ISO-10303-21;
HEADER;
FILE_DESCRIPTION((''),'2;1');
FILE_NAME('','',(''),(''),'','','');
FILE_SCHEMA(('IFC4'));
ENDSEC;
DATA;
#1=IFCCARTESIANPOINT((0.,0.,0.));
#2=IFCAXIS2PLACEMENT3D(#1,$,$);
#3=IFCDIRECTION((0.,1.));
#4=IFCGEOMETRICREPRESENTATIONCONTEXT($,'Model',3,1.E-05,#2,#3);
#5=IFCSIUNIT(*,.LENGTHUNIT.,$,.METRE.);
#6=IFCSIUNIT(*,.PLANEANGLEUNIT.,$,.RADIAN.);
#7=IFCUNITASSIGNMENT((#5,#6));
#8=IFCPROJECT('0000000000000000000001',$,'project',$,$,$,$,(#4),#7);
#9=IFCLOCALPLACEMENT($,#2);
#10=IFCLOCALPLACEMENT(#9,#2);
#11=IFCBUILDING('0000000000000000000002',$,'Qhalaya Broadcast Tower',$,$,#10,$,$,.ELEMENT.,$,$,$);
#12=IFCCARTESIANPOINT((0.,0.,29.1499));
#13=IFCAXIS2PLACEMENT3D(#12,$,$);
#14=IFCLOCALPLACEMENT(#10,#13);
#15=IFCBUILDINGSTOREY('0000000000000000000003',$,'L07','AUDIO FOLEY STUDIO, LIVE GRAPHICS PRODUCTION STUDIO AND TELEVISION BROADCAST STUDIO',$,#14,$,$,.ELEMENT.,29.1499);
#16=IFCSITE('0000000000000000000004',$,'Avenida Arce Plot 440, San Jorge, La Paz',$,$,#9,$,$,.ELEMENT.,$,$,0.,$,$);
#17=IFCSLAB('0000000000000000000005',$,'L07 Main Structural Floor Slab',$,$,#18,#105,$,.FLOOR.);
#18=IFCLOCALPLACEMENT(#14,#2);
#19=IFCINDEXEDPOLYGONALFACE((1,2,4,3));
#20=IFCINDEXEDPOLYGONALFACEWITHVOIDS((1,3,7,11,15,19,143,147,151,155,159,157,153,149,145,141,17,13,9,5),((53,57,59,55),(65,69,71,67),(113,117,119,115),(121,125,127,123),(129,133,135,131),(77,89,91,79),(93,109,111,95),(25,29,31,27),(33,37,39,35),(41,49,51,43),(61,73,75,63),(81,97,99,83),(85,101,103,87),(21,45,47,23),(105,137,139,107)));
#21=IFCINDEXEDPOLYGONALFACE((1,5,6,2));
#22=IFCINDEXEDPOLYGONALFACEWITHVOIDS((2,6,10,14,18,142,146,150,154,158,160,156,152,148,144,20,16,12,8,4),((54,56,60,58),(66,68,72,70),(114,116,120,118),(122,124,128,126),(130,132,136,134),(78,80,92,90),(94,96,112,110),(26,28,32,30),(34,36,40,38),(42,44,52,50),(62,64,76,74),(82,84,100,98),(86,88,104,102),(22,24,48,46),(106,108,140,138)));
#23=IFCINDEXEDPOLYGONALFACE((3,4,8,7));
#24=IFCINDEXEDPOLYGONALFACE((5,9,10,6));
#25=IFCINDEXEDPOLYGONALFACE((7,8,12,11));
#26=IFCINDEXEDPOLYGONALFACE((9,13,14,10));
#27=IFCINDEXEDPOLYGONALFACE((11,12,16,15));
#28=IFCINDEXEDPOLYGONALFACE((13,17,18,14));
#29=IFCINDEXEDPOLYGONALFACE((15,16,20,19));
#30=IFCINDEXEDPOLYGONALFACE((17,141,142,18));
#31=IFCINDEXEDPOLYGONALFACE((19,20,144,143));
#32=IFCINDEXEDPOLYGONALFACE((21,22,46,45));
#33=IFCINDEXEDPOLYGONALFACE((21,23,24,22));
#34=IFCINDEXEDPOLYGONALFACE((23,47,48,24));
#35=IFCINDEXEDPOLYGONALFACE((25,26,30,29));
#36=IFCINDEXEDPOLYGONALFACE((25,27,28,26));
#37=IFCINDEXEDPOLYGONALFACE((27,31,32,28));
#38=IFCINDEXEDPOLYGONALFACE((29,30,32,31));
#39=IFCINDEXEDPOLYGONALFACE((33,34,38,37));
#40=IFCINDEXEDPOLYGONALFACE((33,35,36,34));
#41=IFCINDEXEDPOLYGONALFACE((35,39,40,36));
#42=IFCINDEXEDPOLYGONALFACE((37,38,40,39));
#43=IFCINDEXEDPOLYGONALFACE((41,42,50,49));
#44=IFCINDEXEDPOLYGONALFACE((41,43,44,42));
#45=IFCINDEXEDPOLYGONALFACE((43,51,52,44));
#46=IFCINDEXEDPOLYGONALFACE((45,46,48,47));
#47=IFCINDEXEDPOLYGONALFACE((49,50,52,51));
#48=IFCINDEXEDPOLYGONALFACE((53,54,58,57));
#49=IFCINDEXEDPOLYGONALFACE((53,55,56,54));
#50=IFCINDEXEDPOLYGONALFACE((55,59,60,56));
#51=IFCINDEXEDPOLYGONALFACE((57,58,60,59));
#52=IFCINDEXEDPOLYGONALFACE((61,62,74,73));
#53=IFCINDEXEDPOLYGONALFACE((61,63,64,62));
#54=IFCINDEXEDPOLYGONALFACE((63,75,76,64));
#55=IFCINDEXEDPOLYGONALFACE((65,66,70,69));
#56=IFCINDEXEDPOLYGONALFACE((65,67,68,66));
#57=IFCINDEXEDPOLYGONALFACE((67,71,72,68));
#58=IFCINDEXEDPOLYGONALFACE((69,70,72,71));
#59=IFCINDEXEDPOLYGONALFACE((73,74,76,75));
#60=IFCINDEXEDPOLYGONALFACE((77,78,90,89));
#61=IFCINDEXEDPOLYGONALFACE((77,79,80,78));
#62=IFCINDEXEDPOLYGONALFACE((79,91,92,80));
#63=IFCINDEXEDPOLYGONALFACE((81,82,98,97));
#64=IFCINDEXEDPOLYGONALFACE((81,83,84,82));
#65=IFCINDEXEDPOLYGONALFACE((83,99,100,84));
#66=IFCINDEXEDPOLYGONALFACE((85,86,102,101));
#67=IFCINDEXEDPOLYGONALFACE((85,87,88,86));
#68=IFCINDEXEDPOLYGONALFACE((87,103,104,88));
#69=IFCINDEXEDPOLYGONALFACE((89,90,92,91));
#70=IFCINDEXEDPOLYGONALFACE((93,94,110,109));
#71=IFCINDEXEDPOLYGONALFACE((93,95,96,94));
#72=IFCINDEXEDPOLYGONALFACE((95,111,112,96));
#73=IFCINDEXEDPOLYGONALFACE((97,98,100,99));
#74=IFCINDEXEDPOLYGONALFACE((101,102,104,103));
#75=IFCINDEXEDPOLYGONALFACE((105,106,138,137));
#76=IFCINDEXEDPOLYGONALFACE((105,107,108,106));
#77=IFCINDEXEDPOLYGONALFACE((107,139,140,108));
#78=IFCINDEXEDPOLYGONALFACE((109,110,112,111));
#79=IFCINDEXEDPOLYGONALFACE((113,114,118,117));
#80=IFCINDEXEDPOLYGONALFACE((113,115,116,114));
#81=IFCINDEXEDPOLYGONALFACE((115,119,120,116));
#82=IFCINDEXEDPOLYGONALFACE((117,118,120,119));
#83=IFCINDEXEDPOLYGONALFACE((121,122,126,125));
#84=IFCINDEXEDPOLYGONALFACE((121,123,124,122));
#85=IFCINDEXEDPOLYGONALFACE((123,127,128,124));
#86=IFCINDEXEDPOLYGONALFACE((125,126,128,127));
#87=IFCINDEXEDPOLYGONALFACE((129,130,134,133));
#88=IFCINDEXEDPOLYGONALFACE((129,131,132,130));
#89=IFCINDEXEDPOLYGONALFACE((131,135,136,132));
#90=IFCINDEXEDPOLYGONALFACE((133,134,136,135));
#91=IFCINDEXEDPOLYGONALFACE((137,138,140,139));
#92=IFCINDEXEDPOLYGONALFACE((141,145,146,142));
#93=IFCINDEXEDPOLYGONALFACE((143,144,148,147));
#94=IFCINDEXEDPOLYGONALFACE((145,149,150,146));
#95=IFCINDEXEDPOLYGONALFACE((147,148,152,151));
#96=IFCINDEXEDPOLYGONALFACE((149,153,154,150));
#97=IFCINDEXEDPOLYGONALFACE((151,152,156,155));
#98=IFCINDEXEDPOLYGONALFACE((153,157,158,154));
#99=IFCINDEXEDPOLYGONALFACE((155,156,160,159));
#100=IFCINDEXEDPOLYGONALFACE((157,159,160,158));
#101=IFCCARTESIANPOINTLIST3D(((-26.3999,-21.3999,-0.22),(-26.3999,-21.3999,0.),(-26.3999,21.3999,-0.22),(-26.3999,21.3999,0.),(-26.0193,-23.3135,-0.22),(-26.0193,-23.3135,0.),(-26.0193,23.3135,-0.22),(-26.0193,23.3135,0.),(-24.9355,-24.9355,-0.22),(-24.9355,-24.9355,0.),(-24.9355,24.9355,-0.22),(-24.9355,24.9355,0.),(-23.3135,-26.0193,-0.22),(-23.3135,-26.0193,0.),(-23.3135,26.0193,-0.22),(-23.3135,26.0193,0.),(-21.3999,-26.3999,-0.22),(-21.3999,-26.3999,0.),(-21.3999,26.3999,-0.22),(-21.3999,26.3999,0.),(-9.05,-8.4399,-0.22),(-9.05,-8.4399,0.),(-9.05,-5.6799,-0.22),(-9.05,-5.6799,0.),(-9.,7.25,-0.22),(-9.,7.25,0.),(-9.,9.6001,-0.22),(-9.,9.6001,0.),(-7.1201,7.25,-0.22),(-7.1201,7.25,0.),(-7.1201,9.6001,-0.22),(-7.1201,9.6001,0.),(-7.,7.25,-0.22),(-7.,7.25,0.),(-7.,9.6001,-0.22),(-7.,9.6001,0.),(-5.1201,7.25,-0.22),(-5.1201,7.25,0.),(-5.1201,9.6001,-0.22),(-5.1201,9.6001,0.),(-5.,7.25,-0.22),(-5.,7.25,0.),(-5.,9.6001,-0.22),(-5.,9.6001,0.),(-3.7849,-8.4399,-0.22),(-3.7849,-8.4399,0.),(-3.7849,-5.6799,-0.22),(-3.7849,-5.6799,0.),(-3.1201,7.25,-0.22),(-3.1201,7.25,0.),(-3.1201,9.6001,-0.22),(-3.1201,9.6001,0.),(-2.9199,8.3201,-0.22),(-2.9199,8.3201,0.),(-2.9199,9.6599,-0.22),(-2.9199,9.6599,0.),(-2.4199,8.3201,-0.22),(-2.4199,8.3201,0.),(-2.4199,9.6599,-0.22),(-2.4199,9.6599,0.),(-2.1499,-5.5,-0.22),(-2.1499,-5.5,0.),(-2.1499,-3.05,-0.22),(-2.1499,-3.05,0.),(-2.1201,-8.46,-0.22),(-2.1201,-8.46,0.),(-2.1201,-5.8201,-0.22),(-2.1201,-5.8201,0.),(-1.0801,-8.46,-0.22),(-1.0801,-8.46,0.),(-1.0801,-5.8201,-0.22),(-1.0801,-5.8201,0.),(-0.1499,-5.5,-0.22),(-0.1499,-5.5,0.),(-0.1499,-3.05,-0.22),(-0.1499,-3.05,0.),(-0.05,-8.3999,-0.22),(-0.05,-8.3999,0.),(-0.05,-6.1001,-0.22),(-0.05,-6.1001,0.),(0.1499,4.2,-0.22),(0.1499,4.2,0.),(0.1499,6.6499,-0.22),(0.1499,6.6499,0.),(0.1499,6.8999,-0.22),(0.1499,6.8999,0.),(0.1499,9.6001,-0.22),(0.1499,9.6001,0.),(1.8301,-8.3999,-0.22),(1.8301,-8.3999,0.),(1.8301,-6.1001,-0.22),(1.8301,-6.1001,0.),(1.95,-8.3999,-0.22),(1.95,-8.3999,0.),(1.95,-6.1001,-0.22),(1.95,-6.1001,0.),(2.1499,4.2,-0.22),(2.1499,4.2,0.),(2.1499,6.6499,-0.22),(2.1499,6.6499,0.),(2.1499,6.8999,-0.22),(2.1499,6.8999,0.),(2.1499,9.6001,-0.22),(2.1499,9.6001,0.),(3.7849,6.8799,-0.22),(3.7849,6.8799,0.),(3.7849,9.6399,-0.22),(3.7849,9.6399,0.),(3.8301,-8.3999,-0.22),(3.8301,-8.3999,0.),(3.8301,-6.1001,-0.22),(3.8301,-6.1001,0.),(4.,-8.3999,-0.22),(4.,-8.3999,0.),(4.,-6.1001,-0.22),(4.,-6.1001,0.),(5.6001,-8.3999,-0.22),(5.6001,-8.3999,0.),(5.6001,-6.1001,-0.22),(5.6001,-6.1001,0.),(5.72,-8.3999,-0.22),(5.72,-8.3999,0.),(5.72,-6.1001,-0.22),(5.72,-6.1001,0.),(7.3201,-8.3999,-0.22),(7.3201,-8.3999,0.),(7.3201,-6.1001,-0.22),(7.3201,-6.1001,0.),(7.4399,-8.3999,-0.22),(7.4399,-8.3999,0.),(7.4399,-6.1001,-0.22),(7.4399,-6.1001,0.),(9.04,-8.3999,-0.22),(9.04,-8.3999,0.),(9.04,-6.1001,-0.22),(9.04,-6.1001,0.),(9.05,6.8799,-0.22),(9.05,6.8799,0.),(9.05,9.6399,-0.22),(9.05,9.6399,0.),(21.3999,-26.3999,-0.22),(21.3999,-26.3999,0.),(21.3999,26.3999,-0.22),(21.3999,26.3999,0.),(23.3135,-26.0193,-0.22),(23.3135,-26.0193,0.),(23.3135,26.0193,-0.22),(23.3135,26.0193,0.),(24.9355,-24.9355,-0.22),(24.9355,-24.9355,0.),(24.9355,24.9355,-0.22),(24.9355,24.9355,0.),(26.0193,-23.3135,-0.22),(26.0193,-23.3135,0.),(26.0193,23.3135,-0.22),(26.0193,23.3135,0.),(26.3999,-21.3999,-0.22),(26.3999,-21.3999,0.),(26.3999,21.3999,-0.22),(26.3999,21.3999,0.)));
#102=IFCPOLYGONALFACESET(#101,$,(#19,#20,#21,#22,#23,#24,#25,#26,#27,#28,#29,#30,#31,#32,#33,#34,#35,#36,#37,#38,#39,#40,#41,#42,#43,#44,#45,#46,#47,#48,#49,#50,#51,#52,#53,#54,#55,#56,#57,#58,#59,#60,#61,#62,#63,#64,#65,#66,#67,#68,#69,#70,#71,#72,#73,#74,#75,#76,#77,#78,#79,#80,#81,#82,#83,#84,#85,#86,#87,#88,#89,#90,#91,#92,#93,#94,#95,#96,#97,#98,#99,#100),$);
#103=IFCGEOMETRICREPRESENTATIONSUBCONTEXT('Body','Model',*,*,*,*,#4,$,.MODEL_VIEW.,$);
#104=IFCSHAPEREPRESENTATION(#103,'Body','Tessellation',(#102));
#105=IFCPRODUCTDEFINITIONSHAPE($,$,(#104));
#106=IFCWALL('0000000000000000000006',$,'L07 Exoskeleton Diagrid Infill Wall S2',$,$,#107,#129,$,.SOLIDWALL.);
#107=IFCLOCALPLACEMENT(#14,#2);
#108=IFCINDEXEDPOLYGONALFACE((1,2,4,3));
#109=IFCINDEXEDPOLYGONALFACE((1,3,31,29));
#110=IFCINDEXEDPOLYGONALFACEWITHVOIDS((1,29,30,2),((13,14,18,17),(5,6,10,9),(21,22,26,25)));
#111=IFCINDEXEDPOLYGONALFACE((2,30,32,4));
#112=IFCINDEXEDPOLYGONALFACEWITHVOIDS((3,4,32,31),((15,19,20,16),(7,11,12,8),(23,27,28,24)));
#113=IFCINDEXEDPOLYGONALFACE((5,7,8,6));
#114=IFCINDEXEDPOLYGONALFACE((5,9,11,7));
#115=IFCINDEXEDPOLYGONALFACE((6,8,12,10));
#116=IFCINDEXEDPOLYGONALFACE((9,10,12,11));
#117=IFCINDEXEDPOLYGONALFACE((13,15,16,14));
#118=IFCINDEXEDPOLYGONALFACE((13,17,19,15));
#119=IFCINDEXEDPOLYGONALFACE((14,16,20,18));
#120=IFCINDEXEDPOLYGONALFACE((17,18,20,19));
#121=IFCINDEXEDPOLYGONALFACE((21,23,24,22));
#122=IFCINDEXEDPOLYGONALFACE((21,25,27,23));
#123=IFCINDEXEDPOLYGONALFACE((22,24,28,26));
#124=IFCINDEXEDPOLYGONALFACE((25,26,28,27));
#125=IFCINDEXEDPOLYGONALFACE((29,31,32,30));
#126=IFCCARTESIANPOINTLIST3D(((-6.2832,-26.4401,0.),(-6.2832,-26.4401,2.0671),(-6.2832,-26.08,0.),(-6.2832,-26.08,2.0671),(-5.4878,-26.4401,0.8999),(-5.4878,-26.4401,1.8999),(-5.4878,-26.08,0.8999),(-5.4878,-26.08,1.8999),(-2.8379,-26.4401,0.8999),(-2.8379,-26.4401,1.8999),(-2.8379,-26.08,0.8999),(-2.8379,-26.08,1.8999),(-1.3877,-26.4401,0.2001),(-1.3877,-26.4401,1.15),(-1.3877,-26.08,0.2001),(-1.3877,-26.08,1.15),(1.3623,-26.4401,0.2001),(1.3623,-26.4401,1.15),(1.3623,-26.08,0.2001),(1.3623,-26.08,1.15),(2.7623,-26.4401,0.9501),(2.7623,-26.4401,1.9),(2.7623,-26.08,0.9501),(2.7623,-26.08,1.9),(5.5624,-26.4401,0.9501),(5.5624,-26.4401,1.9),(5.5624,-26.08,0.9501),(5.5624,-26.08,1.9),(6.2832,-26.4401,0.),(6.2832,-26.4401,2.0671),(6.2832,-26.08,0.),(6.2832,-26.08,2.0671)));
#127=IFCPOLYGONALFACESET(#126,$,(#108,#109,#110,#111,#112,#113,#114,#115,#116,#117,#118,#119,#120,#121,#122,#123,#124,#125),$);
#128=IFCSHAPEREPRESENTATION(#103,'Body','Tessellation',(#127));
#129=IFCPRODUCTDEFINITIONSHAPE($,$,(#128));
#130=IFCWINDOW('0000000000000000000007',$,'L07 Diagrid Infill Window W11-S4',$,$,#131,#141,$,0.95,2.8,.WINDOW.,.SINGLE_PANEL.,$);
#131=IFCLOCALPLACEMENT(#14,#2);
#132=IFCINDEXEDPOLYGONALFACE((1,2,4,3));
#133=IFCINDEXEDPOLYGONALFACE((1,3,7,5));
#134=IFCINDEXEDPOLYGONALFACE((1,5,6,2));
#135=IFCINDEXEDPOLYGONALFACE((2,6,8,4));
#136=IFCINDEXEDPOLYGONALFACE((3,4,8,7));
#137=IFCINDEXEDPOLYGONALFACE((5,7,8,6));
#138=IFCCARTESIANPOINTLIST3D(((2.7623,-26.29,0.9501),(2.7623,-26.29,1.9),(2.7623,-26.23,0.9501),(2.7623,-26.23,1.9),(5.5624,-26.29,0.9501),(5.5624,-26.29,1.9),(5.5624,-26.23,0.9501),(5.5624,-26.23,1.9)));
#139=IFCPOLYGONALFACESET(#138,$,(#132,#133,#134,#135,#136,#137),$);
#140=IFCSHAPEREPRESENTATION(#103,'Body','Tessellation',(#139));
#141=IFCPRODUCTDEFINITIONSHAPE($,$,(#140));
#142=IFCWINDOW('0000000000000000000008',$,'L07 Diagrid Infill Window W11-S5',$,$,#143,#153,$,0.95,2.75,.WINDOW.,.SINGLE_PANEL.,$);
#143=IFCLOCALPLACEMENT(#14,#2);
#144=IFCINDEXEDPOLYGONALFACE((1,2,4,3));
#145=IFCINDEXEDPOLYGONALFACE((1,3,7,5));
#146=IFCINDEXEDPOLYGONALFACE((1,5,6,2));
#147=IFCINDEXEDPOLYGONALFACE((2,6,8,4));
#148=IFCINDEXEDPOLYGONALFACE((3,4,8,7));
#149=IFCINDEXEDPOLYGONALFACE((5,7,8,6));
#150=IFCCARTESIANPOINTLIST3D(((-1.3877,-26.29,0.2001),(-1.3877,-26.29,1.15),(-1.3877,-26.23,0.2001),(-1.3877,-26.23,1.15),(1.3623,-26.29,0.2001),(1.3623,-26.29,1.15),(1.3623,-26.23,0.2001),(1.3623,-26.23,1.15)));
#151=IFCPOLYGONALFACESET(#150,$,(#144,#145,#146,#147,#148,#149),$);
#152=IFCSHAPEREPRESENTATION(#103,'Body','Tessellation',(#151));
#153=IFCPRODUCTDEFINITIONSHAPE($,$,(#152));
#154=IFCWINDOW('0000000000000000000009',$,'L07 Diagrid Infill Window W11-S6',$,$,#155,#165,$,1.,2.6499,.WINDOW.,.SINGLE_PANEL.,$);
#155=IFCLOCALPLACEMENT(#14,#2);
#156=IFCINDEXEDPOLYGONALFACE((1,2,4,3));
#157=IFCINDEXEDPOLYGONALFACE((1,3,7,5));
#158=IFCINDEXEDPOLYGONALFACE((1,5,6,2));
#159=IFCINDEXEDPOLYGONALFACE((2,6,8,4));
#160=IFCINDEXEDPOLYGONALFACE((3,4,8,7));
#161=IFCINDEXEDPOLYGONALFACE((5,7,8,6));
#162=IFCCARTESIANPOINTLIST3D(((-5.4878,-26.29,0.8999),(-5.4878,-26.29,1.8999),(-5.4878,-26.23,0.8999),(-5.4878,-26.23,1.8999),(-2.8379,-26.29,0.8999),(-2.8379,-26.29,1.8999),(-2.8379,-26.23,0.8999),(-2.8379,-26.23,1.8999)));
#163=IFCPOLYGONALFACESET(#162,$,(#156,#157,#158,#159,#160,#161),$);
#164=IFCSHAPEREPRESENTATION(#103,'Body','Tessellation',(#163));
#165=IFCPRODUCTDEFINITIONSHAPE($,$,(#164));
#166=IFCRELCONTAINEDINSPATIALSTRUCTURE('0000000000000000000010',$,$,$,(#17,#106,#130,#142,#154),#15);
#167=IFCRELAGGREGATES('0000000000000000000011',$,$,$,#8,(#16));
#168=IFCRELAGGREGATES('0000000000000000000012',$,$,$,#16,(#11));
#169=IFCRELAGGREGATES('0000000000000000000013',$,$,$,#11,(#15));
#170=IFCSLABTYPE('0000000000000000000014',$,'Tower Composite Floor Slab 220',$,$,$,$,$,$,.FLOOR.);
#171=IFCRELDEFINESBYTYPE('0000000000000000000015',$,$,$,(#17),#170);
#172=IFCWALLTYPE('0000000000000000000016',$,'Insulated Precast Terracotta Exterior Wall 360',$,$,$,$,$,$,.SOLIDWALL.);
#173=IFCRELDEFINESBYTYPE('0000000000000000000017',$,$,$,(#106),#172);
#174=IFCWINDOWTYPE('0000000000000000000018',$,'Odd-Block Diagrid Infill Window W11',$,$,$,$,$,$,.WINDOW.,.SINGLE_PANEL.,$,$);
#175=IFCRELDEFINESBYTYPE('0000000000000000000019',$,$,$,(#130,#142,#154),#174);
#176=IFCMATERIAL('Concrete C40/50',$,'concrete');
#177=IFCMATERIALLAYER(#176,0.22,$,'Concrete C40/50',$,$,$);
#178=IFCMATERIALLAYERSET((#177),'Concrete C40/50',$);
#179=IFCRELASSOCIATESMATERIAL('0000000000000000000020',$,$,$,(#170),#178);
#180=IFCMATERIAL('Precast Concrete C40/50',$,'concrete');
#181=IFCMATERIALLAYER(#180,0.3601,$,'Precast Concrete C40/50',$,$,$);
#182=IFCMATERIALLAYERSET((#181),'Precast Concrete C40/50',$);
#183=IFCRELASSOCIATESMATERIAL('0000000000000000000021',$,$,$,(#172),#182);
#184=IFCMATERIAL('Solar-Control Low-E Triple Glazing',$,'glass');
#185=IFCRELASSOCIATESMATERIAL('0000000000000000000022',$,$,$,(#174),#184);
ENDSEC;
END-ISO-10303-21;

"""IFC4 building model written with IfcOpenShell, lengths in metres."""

from ifc_helpers import new_model, si_unit, direction, frame, frame_2d, origin, place, context, subcontext, project, spatial, polyline, rectangle, outline, extrude, material, layer, layer_set, type_object, element, fill, save


model = new_model("IFC4")

# Units and contexts
model_context = context("Model", 3, precision=1e-05, world=origin(), true_north=direction((0.0, 1.0)))
body_context = subcontext(model_context, "Body", "Model", "MODEL_VIEW")
ifc_project = project(units=[si_unit("LENGTHUNIT", "METRE"), si_unit("PLANEANGLEUNIT", "RADIAN")], contexts=[model_context])

# Site, building, storey
site_placement = place(None, origin())
site = spatial("IfcSite", under=ifc_project, at=site_placement, Name="Avenida Arce Plot 440, San Jorge, La Paz", CompositionType="ELEMENT", RefElevation=0.0)
building_placement = place(site_placement, origin())
building = spatial("IfcBuilding", under=site, at=building_placement, Name="Qhalaya Broadcast Tower", CompositionType="ELEMENT")
storey_placement = place(building_placement, frame((0.0, 0.0, 29.1499)))
storey = spatial("IfcBuildingStorey", under=building, at=storey_placement, Name="L07", Description="AUDIO FOLEY STUDIO, LIVE GRAPHICS PRODUCTION STUDIO AND TELEVISION BROADCAST STUDIO", CompositionType="ELEMENT", Elevation=29.1499)

# Shared definitions
ifc_material_1 = material(Name="Concrete C40/50", Category="concrete")

# Slab
ifc_layer_1 = layer(ifc_material_1, 0.22, Name="Concrete C40/50")
ifc_layer_set_1 = layer_set([ifc_layer_1], Name="Concrete C40/50")
slab_type_1 = type_object("IfcSlabType", Name="Tower Composite Floor Slab 220", PredefinedType="FLOOR", material=ifc_layer_set_1)
slab_1_placement = place(storey_placement, frame((0.0, 0.0, -0.22)))
element("IfcSlab", 1, at=slab_1_placement, inside=storey, type_object=slab_type_1, Name="L07 Main Structural Floor Slab", PredefinedType="FLOOR", context=body_context, shape_type="SweptSolid", body=[
    extrude(outline(polyline([(21.3999, -26.3999), (23.3135, -26.0193), (24.9355, -24.9355), (26.0193, -23.3135), (26.3999, -21.3999), (26.3999, 21.3999), (26.0193, 23.3135), (24.9355, 24.9355), (23.3135, 26.0193), (21.3999, 26.3999), (-21.3999, 26.3999), (-23.3135, 26.0193), (-24.9355, 24.9355), (-26.0193, 23.3135), (-26.3999, 21.3999), (-26.3999, -21.3999), (-26.0193, -23.3135), (-24.9355, -24.9355), (-23.3135, -26.0193), (-21.3999, -26.3999), (21.3999, -26.3999)]), holes=[polyline([(3.7849, 9.6399), (9.05, 9.6399), (9.05, 6.8799), (3.7849, 6.8799), (3.7849, 9.6399)]), polyline([(-3.7849, -8.4399), (-9.05, -8.4399), (-9.05, -5.6799), (-3.7849, -5.6799), (-3.7849, -8.4399)]), polyline([(0.1499, 6.6499), (2.1499, 6.6499), (2.1499, 4.2), (0.1499, 4.2), (0.1499, 6.6499)]), polyline([(0.1499, 9.6001), (2.1499, 9.6001), (2.1499, 6.8999), (0.1499, 6.8999), (0.1499, 9.6001)]), polyline([(-2.1499, -3.05), (-0.1499, -3.05), (-0.1499, -5.5), (-2.1499, -5.5), (-2.1499, -3.05)]), polyline([(-9.0, 9.6001), (-7.1201, 9.6001), (-7.1201, 7.25), (-9.0, 7.25), (-9.0, 9.6001)]), polyline([(-7.0, 9.6001), (-5.1201, 9.6001), (-5.1201, 7.25), (-7.0, 7.25), (-7.0, 9.6001)]), polyline([(-5.0, 9.6001), (-3.1201, 9.6001), (-3.1201, 7.25), (-5.0, 7.25), (-5.0, 9.6001)]), polyline([(-0.05, -6.1001), (1.8301, -6.1001), (1.8301, -8.3999), (-0.05, -8.3999), (-0.05, -6.1001)]), polyline([(1.95, -6.1001), (3.8301, -6.1001), (3.8301, -8.3999), (1.95, -8.3999), (1.95, -6.1001)]), polyline([(4.0, -6.1001), (5.6001, -6.1001), (5.6001, -8.3999), (4.0, -8.3999), (4.0, -6.1001)]), polyline([(5.72, -6.1001), (7.3201, -6.1001), (7.3201, -8.3999), (5.72, -8.3999), (5.72, -6.1001)]), polyline([(7.4399, -6.1001), (9.04, -6.1001), (9.04, -8.3999), (7.4399, -8.3999), (7.4399, -6.1001)]), polyline([(-2.9199, 9.6599), (-2.4199, 9.6599), (-2.4199, 8.3201), (-2.9199, 8.3201), (-2.9199, 9.6599)]), polyline([(-2.1201, -5.8201), (-1.0801, -5.8201), (-1.0801, -8.46), (-2.1201, -8.46), (-2.1201, -5.8201)])]), origin(), (0.0, 0.0, 1.0), 0.22),
])

# Wall, openings, windows
ifc_material_2 = material(Name="Precast Concrete C40/50", Category="concrete")
ifc_layer_2 = layer(ifc_material_2, 0.3601, Name="Precast Concrete C40/50")
ifc_layer_set_2 = layer_set([ifc_layer_2], Name="Precast Concrete C40/50")
wall_type_1 = type_object("IfcWallType", Name="Insulated Precast Terracotta Exterior Wall 360", PredefinedType="SOLIDWALL", material=ifc_layer_set_2)
wall_1_placement = place(storey_placement, frame((6.2832, -26.26, 0.0), z_axis=(0.0, 0.0, 1.0), x_axis=(-1.0, 0.0, 0.0)))
wall_1 = element("IfcWall", 2, at=wall_1_placement, inside=storey, type_object=wall_type_1, Name="L07 Exoskeleton Diagrid Infill Wall S2", PredefinedType="SOLIDWALL", context=body_context, shape_type="SweptSolid", body=[
    extrude(rectangle(XDim=12.5664, YDim=0.3601, at=frame_2d((6.2832, 0.0))), origin(), (0.0, 0.0, 1.0), 2.0671),
])
opening_1_placement = place(wall_1_placement, frame((0.7209, 0.0, 0.95)))
opening_1 = element("IfcOpeningElement", 3, at=opening_1_placement, cuts=wall_1, PredefinedType="OPENING", context=body_context, shape_type="SweptSolid", body=[
    extrude(rectangle(XDim=2.8, YDim=0.95, at=frame_2d((1.3999, 0.4751))), frame((0.0, 0.1921, 0.0), z_axis=(0.0, -1.0, 0.0), x_axis=(1.0, 0.0, 0.0)), (0.0, 0.0, 1.0), 0.384),
])
opening_2_placement = place(wall_1_placement, frame((4.9209, 0.0, 0.2)))
opening_2 = element("IfcOpeningElement", 4, at=opening_2_placement, cuts=wall_1, PredefinedType="OPENING", context=body_context, shape_type="SweptSolid", body=[
    extrude(rectangle(XDim=2.75, YDim=0.95, at=frame_2d((1.375, 0.4751))), frame((0.0, 0.1921, 0.0), z_axis=(0.0, -1.0, 0.0), x_axis=(1.0, 0.0, 0.0)), (0.0, 0.0, 1.0), 0.384),
])
opening_3_placement = place(wall_1_placement, frame((9.1211, 0.0, 0.8999)))
opening_3 = element("IfcOpeningElement", 5, at=opening_3_placement, cuts=wall_1, PredefinedType="OPENING", context=body_context, shape_type="SweptSolid", body=[
    extrude(rectangle(XDim=2.6499, YDim=1.0, at=frame_2d((1.325, 0.5))), frame((0.0, 0.1921, 0.0), z_axis=(0.0, -1.0, 0.0), x_axis=(1.0, 0.0, 0.0)), (0.0, 0.0, 1.0), 0.384),
])
ifc_material_3 = material(Name="Solar-Control Low-E Triple Glazing", Category="glass")
window_type = type_object("IfcWindowType", Name="Odd-Block Diagrid Infill Window W11", PartitioningType="SINGLE_PANEL", PredefinedType="WINDOW", material=ifc_material_3)
window_1_placement = place(opening_1_placement, origin())
window_1 = element("IfcWindow", 6, at=window_1_placement, inside=storey, type_object=window_type, Name="L07 Diagrid Infill Window W11-S4", OverallHeight=0.95, OverallWidth=2.8, PartitioningType="SINGLE_PANEL", PredefinedType="WINDOW", context=body_context, shape_type="SweptSolid", body=[
    extrude(rectangle(XDim=2.8, YDim=0.95, at=frame_2d((1.3999, 0.4751))), frame((0.0, 0.03, 0.0), z_axis=(0.0, -1.0, 0.0), x_axis=(1.0, 0.0, 0.0)), (0.0, 0.0, 1.0), 0.0601),
])
fill(opening_1, window_1)
window_2_placement = place(opening_2_placement, origin())
window_2 = element("IfcWindow", 7, at=window_2_placement, inside=storey, type_object=window_type, Name="L07 Diagrid Infill Window W11-S5", OverallHeight=0.95, OverallWidth=2.75, PartitioningType="SINGLE_PANEL", PredefinedType="WINDOW", context=body_context, shape_type="SweptSolid", body=[
    extrude(rectangle(XDim=2.75, YDim=0.95, at=frame_2d((1.375, 0.4751))), frame((0.0, 0.03, 0.0), z_axis=(0.0, -1.0, 0.0), x_axis=(1.0, 0.0, 0.0)), (0.0, 0.0, 1.0), 0.0601),
])
fill(opening_2, window_2)
window_3_placement = place(opening_3_placement, origin())
window_3 = element("IfcWindow", 8, at=window_3_placement, inside=storey, type_object=window_type, Name="L07 Diagrid Infill Window W11-S6", OverallHeight=1.0, OverallWidth=2.6499, PartitioningType="SINGLE_PANEL", PredefinedType="WINDOW", context=body_context, shape_type="SweptSolid", body=[
    extrude(rectangle(XDim=2.6499, YDim=1.0, at=frame_2d((1.325, 0.5))), frame((0.0, 0.03, 0.0), z_axis=(0.0, -1.0, 0.0), x_axis=(1.0, 0.0, 0.0)), (0.0, 0.0, 1.0), 0.0601),
])
fill(opening_3, window_3)

save(model, "model.ifc")
